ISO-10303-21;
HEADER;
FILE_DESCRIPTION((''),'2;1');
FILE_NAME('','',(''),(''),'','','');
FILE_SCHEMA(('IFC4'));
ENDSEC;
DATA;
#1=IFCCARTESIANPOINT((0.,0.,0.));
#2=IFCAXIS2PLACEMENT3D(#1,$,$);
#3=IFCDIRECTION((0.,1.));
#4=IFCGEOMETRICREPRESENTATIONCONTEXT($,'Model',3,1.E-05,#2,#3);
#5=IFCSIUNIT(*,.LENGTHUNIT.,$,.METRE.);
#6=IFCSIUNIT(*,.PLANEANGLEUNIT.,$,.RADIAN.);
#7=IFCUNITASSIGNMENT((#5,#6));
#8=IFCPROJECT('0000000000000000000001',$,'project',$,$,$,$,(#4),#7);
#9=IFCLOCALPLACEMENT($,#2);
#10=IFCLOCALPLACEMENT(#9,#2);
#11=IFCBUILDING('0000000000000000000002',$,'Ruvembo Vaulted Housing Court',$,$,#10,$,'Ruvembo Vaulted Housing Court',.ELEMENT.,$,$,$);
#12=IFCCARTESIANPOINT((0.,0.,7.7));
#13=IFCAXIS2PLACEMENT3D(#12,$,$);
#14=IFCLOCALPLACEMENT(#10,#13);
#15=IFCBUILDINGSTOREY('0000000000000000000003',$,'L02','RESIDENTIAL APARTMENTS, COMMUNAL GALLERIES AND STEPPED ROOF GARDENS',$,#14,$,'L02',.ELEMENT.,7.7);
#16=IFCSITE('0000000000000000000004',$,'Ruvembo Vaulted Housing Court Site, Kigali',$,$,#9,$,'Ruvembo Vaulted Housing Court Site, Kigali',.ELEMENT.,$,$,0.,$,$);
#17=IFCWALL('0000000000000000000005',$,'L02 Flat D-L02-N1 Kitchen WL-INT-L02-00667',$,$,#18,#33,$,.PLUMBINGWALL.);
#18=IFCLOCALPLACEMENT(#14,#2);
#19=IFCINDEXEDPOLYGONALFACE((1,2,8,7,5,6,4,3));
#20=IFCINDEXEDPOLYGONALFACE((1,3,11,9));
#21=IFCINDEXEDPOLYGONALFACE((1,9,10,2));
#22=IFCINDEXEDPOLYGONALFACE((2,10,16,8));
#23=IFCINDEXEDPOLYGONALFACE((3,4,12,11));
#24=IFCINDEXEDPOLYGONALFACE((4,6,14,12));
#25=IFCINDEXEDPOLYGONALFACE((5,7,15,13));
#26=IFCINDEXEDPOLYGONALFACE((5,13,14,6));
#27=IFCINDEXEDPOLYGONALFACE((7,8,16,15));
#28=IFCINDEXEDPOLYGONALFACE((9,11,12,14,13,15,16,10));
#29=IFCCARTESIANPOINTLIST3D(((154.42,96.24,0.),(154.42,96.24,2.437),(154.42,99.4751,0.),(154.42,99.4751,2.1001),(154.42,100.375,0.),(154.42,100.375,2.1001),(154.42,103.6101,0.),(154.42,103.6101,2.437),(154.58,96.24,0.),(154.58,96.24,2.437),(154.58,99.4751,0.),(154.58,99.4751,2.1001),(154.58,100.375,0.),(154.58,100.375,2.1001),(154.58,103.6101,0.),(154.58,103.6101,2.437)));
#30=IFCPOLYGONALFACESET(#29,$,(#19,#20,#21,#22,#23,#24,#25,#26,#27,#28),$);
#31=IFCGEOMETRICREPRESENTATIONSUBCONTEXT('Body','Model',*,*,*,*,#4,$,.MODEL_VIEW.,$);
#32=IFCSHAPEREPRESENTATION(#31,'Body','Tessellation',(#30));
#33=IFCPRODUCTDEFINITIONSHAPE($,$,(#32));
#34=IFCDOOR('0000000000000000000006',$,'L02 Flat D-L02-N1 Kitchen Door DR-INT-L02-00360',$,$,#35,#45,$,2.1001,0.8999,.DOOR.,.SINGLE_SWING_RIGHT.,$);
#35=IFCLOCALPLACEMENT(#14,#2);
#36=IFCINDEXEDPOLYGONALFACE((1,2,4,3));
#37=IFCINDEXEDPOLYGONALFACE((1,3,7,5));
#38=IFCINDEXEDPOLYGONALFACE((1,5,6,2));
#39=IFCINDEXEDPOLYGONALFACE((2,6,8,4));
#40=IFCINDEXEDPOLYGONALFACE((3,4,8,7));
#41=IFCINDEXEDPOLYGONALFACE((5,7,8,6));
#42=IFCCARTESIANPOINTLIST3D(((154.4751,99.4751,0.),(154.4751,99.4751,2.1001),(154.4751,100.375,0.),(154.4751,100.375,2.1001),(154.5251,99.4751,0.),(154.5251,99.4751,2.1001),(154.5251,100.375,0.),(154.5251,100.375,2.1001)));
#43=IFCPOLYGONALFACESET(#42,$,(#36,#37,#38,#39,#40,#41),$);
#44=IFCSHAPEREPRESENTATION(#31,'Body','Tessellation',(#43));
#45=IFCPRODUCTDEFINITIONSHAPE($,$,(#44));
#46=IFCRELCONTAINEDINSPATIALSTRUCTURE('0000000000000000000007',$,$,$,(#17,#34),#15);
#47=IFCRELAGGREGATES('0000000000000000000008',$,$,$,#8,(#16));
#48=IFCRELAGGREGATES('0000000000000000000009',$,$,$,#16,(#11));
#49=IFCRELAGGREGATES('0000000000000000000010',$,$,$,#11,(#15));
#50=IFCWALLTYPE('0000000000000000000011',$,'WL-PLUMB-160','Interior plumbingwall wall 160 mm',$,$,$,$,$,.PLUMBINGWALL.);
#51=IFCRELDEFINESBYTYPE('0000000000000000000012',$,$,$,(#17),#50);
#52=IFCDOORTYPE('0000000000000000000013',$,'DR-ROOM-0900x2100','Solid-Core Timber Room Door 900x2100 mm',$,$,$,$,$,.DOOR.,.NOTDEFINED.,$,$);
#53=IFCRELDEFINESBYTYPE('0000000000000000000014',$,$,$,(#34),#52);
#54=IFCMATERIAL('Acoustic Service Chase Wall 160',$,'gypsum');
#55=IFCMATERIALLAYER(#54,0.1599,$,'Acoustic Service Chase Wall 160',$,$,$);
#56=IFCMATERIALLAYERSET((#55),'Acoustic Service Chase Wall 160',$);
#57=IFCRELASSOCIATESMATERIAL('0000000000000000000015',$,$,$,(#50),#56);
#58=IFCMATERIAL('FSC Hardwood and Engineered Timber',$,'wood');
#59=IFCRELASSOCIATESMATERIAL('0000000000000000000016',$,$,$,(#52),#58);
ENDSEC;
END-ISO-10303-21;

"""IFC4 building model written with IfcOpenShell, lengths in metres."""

from ifc_helpers import new_model, si_unit, direction, frame, frame_2d, origin, place, context, subcontext, project, spatial, rectangle, extrude, material, layer, layer_set, type_object, element, fill, save


model = new_model("IFC4")

# Units and contexts
model_context = context("Model", 3, precision=1e-05, world=origin(), true_north=direction((0.0, 1.0)))
body_context = subcontext(model_context, "Body", "Model", "MODEL_VIEW")
ifc_project = project(units=[si_unit("LENGTHUNIT", "METRE"), si_unit("PLANEANGLEUNIT", "RADIAN")], contexts=[model_context])

# Site, building, storey
site_placement = place(None, origin())
site = spatial("IfcSite", under=ifc_project, at=site_placement, Name="Ruvembo Vaulted Housing Court Site, Kigali", LongName="Ruvembo Vaulted Housing Court Site, Kigali", CompositionType="ELEMENT", RefElevation=0.0)
building_placement = place(site_placement, origin())
building = spatial("IfcBuilding", under=site, at=building_placement, Name="Ruvembo Vaulted Housing Court", LongName="Ruvembo Vaulted Housing Court", CompositionType="ELEMENT")
storey_placement = place(building_placement, frame((0.0, 0.0, 7.7)))
storey = spatial("IfcBuildingStorey", under=building, at=storey_placement, Name="L02", Description="RESIDENTIAL APARTMENTS, COMMUNAL GALLERIES AND STEPPED ROOF GARDENS", LongName="L02", CompositionType="ELEMENT", Elevation=7.7)

# Shared definitions
ifc_material_1 = material(Name="FSC Hardwood and Engineered Timber", Category="wood")

# Wall, opening, door
ifc_material_2 = material(Name="Acoustic Service Chase Wall 160", Category="gypsum")
ifc_layer_1 = layer(ifc_material_2, 0.1599, Name="Acoustic Service Chase Wall 160")
ifc_layer_set_1 = layer_set([ifc_layer_1], Name="Acoustic Service Chase Wall 160")
wall_type_1 = type_object("IfcWallType", Name="WL-PLUMB-160", Description="Interior plumbingwall wall 160 mm", PredefinedType="PLUMBINGWALL", material=ifc_layer_set_1)
wall_1_placement = place(storey_placement, frame((154.5, 96.24, 0.0), z_axis=(0.0, 0.0, 1.0), x_axis=(0.0, 1.0, 0.0)))
wall_1 = element("IfcWall", 1, at=wall_1_placement, inside=storey, type_object=wall_type_1, Name="L02 Flat D-L02-N1 Kitchen WL-INT-L02-00667", PredefinedType="PLUMBINGWALL", context=body_context, shape_type="SweptSolid", body=[
    extrude(rectangle(XDim=7.3701, YDim=0.1599, at=frame_2d((3.6851, 0.0))), origin(), (0.0, 0.0, 1.0), 2.437),
])
opening_1_placement = place(wall_1_placement, frame((3.2351, 0.0, 0.0)))
opening_1 = element("IfcOpeningElement", 2, at=opening_1_placement, cuts=wall_1, PredefinedType="OPENING", context=body_context, shape_type="SweptSolid", body=[
    extrude(rectangle(XDim=0.8999, YDim=2.1001, at=frame_2d((0.45, 1.05))), frame((0.0, 0.0898, 0.0), z_axis=(0.0, -1.0, 0.0), x_axis=(1.0, 0.0, 0.0)), (0.0, 0.0, 1.0), 0.1799),
])
door_type_1 = type_object("IfcDoorType", Name="DR-ROOM-0900x2100", Description="Solid-Core Timber Room Door 900x2100 mm", OperationType="NOTDEFINED", PredefinedType="DOOR", material=ifc_material_1)
door_1_placement = place(opening_1_placement, origin())
door_1 = element("IfcDoor", 3, at=door_1_placement, inside=storey, type_object=door_type_1, Name="L02 Flat D-L02-N1 Kitchen Door DR-INT-L02-00360", OperationType="SINGLE_SWING_RIGHT", OverallHeight=2.1001, OverallWidth=0.8999, PredefinedType="DOOR", context=body_context, shape_type="SweptSolid", body=[
    extrude(rectangle(XDim=0.8999, YDim=2.1001, at=frame_2d((0.45, 1.05))), frame((0.0, 0.0249, 0.0), z_axis=(0.0, -1.0, 0.0), x_axis=(1.0, 0.0, 0.0)), (0.0, 0.0, 1.0), 0.05),
])
fill(opening_1, door_1)

save(model, "model.ifc")
